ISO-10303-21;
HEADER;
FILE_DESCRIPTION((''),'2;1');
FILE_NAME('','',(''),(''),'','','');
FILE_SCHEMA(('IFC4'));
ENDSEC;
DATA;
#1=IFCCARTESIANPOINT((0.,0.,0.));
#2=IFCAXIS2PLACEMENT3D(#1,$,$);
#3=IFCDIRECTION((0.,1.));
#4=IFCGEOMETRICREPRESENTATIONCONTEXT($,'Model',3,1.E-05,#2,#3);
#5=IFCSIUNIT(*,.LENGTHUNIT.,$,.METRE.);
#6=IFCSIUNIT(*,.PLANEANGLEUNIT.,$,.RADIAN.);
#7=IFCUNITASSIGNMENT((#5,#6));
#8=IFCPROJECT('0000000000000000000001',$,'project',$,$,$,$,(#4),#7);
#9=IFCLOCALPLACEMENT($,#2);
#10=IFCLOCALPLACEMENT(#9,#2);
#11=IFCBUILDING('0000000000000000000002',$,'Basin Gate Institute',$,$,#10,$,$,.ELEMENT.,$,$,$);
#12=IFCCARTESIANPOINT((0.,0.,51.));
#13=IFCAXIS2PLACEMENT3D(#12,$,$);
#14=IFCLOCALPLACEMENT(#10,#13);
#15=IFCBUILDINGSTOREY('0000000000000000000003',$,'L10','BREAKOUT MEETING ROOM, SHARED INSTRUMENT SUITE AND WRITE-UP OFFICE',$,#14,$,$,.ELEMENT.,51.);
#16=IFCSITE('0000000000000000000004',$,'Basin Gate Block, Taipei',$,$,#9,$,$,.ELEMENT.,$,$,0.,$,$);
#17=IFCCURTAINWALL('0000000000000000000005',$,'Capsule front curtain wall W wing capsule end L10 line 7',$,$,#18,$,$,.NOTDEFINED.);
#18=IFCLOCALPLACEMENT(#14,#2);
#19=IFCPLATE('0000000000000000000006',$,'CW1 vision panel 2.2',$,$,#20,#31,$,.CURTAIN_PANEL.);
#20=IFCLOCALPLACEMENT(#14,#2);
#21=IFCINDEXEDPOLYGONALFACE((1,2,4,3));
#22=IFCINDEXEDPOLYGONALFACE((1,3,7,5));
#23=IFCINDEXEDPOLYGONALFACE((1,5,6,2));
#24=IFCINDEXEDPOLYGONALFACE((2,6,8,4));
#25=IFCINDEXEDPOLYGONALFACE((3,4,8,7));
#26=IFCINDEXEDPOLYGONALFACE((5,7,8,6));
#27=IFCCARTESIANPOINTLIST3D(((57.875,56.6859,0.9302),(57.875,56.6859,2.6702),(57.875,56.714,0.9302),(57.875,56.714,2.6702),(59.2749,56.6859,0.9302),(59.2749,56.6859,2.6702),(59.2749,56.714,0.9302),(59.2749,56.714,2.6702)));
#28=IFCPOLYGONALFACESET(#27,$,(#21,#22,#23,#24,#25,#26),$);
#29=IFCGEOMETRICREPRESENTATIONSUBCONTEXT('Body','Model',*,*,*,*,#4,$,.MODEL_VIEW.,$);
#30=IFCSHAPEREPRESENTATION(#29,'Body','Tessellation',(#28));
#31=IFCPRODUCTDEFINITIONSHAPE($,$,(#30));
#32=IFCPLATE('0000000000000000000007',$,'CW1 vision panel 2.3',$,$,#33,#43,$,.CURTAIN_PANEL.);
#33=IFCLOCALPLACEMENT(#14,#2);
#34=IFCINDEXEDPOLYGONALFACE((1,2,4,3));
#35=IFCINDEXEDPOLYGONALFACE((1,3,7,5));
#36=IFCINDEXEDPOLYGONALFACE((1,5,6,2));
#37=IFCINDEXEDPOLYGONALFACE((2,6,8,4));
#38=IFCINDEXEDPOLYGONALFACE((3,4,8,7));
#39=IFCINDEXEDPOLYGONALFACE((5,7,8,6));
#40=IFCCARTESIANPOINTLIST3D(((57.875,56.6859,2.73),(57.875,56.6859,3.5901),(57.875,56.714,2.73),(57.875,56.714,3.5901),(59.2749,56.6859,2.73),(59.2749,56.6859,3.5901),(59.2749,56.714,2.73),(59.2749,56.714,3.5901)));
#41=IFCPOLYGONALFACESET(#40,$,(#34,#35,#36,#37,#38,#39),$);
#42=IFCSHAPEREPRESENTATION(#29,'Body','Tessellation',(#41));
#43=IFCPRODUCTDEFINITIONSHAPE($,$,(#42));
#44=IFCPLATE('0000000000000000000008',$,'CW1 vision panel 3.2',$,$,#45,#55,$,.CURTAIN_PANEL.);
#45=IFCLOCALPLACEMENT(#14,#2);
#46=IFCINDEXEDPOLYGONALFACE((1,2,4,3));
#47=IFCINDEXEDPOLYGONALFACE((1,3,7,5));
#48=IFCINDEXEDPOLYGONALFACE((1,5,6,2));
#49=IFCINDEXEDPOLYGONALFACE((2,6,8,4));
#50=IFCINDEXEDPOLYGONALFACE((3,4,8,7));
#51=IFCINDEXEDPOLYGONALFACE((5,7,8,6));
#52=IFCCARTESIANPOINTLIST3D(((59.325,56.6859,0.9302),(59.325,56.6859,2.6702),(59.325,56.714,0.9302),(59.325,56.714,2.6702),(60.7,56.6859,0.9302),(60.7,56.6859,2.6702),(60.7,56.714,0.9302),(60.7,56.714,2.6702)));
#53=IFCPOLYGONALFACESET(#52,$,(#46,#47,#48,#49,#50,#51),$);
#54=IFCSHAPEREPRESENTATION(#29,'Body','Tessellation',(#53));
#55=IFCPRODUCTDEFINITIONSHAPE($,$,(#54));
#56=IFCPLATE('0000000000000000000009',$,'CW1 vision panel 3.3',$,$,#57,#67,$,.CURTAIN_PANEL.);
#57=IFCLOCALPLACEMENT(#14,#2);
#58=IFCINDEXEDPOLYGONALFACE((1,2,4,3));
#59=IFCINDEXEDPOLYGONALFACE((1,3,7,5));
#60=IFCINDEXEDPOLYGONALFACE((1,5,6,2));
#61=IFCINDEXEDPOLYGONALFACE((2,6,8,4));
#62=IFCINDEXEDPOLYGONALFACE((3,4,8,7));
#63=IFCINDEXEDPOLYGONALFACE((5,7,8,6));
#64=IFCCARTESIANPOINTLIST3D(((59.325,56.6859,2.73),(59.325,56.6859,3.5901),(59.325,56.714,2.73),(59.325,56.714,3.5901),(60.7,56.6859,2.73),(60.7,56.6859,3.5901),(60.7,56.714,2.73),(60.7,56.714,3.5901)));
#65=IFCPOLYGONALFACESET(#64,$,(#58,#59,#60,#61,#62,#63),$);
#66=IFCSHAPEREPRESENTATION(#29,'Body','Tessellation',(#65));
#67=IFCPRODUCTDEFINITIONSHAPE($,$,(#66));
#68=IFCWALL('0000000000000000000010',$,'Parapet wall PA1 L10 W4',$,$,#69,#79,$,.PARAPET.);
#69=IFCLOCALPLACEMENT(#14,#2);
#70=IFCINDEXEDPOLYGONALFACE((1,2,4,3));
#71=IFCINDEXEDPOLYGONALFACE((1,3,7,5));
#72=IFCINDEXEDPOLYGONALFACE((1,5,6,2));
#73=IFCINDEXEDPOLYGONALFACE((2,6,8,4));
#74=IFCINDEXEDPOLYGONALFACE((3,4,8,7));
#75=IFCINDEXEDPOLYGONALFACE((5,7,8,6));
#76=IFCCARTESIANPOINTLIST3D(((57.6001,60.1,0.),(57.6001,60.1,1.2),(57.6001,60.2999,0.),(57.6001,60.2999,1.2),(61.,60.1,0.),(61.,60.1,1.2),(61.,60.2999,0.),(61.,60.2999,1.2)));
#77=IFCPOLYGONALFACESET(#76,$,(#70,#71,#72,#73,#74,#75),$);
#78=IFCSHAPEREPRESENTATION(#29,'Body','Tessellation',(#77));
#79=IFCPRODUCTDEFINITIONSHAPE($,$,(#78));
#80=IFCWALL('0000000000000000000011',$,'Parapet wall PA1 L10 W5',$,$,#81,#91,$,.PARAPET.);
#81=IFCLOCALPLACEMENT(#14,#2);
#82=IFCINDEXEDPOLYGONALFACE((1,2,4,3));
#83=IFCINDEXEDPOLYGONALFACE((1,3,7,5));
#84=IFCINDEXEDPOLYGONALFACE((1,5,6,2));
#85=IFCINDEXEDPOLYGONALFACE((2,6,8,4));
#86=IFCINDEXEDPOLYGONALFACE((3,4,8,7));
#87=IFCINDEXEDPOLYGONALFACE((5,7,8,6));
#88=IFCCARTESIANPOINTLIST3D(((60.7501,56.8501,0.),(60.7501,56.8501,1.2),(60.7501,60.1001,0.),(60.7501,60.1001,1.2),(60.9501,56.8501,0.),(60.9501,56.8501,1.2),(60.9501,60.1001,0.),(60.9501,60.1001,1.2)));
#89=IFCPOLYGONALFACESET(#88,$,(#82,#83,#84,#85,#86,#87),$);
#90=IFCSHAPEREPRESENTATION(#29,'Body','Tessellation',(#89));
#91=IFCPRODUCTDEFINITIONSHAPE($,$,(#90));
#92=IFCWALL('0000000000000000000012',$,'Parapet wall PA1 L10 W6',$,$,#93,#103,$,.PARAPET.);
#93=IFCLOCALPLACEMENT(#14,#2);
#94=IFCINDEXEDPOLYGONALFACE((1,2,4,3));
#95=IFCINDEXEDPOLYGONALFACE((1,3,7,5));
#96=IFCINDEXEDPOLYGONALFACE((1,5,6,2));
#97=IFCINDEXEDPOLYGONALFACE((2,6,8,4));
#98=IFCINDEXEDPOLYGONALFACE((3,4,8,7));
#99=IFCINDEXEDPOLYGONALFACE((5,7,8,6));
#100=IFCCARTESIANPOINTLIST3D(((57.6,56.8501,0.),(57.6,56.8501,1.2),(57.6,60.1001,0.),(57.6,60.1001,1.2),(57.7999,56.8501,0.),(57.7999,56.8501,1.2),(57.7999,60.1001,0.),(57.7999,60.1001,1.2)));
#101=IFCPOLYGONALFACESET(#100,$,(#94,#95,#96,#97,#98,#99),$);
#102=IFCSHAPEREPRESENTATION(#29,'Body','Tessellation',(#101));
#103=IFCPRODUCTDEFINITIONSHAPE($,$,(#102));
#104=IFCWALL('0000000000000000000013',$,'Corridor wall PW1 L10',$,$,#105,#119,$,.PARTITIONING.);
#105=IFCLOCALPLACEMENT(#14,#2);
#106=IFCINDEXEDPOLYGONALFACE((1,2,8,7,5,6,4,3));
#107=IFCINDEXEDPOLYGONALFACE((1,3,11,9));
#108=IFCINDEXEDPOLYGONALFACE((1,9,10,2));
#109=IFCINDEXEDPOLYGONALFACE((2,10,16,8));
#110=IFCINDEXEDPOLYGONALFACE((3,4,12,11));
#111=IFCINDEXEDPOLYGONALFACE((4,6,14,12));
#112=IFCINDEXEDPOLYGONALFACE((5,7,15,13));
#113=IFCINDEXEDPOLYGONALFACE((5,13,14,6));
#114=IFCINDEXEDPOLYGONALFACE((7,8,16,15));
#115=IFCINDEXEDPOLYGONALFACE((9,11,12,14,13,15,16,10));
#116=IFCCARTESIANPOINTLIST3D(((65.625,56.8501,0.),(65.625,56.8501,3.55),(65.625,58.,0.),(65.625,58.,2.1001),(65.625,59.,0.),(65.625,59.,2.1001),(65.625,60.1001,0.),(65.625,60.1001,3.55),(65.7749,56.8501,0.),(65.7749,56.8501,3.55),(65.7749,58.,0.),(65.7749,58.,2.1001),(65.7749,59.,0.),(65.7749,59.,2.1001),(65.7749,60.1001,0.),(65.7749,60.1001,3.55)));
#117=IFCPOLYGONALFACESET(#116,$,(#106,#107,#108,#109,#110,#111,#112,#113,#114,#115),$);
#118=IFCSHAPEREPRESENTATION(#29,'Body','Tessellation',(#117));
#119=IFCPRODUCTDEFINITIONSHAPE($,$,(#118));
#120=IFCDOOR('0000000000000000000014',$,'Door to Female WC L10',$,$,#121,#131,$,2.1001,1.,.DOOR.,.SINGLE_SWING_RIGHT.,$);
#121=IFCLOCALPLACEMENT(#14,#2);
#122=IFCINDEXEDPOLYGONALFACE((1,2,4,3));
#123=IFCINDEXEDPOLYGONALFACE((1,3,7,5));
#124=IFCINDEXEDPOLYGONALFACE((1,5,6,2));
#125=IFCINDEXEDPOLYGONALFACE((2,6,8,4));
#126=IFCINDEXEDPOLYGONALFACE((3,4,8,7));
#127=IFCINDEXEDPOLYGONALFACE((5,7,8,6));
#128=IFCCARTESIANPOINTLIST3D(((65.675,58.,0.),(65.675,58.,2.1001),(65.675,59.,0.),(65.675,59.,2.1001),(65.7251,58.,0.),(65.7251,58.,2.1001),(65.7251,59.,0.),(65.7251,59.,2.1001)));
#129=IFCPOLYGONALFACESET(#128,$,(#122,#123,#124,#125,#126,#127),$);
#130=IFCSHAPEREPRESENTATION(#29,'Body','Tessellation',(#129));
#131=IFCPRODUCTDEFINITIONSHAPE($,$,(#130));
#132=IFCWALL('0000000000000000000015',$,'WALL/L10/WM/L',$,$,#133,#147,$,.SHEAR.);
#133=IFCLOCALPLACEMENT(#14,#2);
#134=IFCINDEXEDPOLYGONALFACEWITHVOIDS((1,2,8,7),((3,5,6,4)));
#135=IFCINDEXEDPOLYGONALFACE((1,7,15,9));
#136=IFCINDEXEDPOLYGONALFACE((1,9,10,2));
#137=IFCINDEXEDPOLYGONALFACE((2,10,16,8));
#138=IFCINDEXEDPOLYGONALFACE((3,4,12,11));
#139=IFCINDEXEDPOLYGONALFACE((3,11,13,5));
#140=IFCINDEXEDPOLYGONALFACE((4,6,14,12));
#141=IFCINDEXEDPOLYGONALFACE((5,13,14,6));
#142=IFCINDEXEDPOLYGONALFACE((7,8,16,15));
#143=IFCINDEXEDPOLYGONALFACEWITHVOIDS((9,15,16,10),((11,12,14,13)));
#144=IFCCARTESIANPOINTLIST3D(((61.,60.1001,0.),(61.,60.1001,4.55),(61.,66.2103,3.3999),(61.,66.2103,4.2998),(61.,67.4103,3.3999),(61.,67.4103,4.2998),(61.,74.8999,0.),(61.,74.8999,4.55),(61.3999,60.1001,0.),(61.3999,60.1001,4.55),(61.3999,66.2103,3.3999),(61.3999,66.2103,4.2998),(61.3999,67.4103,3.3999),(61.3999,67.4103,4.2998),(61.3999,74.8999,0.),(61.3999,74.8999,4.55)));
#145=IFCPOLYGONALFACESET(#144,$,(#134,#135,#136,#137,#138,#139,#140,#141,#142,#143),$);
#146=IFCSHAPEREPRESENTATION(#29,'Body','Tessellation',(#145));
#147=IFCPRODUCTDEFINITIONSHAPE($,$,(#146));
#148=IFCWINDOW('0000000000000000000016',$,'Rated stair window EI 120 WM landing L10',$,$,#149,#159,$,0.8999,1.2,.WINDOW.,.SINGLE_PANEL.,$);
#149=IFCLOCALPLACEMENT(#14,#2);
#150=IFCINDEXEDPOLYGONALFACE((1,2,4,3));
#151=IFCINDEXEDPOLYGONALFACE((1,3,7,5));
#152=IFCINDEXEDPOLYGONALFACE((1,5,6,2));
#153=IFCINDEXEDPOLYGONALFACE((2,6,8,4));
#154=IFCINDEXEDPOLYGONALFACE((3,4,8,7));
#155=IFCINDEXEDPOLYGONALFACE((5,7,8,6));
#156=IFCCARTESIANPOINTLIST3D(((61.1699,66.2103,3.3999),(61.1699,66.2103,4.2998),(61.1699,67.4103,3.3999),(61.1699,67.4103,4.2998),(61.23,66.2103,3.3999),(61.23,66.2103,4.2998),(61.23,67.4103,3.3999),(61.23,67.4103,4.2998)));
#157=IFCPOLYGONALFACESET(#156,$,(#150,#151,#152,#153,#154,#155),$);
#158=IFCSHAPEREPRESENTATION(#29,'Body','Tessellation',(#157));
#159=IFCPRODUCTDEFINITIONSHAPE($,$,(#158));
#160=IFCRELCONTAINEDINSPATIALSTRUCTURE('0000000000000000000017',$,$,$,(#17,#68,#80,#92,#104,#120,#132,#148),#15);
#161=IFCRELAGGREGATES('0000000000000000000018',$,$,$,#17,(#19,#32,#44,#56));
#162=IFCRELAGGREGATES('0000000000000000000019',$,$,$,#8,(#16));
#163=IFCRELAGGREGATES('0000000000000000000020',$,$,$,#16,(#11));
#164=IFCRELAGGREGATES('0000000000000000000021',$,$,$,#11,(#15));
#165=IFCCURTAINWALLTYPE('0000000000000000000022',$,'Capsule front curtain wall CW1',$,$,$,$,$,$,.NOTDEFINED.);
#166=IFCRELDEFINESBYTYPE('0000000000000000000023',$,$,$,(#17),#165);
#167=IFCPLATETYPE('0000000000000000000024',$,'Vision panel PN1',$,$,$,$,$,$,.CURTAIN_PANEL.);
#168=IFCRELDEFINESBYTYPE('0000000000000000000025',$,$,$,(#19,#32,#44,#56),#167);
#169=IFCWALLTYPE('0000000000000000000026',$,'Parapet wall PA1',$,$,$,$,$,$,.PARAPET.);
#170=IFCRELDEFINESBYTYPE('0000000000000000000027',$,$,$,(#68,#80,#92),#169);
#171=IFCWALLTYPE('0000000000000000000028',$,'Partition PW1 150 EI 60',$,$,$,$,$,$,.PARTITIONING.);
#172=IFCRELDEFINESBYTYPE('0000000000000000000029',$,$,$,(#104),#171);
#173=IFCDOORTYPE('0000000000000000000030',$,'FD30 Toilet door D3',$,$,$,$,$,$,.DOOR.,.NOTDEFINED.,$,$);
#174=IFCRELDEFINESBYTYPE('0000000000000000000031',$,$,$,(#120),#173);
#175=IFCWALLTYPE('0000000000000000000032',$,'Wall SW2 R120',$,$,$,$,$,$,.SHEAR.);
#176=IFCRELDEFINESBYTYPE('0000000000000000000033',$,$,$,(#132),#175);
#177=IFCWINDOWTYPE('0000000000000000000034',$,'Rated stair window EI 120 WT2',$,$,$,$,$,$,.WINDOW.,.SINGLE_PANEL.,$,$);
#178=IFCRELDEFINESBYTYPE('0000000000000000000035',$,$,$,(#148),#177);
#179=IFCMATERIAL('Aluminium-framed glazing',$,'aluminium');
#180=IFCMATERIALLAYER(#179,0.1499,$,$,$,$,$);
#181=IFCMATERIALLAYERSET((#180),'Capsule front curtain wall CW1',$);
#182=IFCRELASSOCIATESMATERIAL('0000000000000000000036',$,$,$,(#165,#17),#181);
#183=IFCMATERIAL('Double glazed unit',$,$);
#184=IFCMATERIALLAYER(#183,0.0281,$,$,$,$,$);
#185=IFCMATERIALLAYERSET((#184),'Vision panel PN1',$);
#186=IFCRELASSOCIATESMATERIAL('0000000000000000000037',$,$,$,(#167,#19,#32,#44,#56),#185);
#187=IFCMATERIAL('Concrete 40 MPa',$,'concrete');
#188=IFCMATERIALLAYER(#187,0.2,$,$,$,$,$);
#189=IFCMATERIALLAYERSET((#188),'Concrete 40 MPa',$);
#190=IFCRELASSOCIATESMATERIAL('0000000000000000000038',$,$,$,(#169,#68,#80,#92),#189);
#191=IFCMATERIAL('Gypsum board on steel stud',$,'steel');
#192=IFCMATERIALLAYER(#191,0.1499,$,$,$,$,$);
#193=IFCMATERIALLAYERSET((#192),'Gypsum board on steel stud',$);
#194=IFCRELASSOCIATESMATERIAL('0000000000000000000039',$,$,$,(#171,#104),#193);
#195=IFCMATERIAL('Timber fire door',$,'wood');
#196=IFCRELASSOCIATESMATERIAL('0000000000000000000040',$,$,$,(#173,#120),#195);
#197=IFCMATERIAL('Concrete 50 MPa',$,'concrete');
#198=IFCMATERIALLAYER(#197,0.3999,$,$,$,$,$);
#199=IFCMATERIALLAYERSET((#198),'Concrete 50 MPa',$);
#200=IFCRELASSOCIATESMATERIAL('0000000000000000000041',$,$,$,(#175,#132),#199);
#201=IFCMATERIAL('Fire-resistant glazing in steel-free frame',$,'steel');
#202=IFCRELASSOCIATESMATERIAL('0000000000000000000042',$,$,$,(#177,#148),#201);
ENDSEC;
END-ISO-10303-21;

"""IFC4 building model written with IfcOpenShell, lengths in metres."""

from ifc_helpers import new_model, si_unit, direction, frame, frame_2d, origin, origin_2d, place, context, subcontext, project, spatial, rectangle, extrude, material, layer, layer_set, type_object, element, fill, aggregate, save


model = new_model("IFC4")

# Units and contexts
model_context = context("Model", 3, precision=1e-05, world=origin(), true_north=direction((0.0, 1.0)))
body_context = subcontext(model_context, "Body", "Model", "MODEL_VIEW")
ifc_project = project(units=[si_unit("LENGTHUNIT", "METRE"), si_unit("PLANEANGLEUNIT", "RADIAN")], contexts=[model_context])

# Site, building, storey
site_placement = place(None, origin())
site = spatial("IfcSite", under=ifc_project, at=site_placement, Name="Basin Gate Block, Taipei", CompositionType="ELEMENT", RefElevation=0.0)
building_placement = place(site_placement, origin())
building = spatial("IfcBuilding", under=site, at=building_placement, Name="Basin Gate Institute", CompositionType="ELEMENT")
storey_placement = place(building_placement, frame((0.0, 0.0, 51.0)))
storey = spatial("IfcBuildingStorey", under=building, at=storey_placement, Name="L10", Description="BREAKOUT MEETING ROOM, SHARED INSTRUMENT SUITE AND WRITE-UP OFFICE", CompositionType="ELEMENT", Elevation=51.0)

# Curtain wall
ifc_material_1 = material(Name="Aluminium-framed glazing", Category="aluminium")
ifc_layer_1 = layer(ifc_material_1, 0.1499)
ifc_layer_set_1 = layer_set([ifc_layer_1], Name="Capsule front curtain wall CW1")
curtain_wall_type = type_object("IfcCurtainWallType", Name="Capsule front curtain wall CW1", PredefinedType="NOTDEFINED", material=ifc_layer_set_1)
curtain_wall_1_placement = place(storey_placement, origin())
curtain_wall_1 = element("IfcCurtainWall", 1, at=curtain_wall_1_placement, inside=storey, type_object=curtain_wall_type, material=ifc_layer_set_1, Name="Capsule front curtain wall W wing capsule end L10 line 7", PredefinedType="NOTDEFINED")

# Plates
ifc_material_2 = material(Name="Double glazed unit")
ifc_layer_2 = layer(ifc_material_2, 0.0281)
ifc_layer_set_2 = layer_set([ifc_layer_2], Name="Vision panel PN1")
plate_type_1 = type_object("IfcPlateType", Name="Vision panel PN1", PredefinedType="CURTAIN_PANEL", material=ifc_layer_set_2)
plate_1_placement = place(storey_placement, frame((58.575, 56.7, 0.9302), z_axis=(0.0, 0.0, 1.0), x_axis=(1.0, 0.0, 0.0)))
plate_1 = element("IfcPlate", 2, at=plate_1_placement, type_object=plate_type_1, material=ifc_layer_set_2, Name="CW1 vision panel 2.2", PredefinedType="CURTAIN_PANEL", context=body_context, shape_type="SweptSolid", body=[
    extrude(rectangle(XDim=1.3999, YDim=0.0281, at=origin_2d()), origin(), (0.0, 0.0, 1.0), 1.74),
])
plate_2_placement = place(storey_placement, frame((58.575, 56.7, 2.73), z_axis=(0.0, 0.0, 1.0), x_axis=(1.0, 0.0, 0.0)))
plate_2 = element("IfcPlate", 3, at=plate_2_placement, type_object=plate_type_1, material=ifc_layer_set_2, Name="CW1 vision panel 2.3", PredefinedType="CURTAIN_PANEL", context=body_context, shape_type="SweptSolid", body=[
    extrude(rectangle(XDim=1.3999, YDim=0.0281, at=origin_2d()), origin(), (0.0, 0.0, 1.0), 0.8601),
])
plate_3_placement = place(storey_placement, frame((60.0125, 56.7, 0.9302), z_axis=(0.0, 0.0, 1.0), x_axis=(1.0, 0.0, 0.0)))
plate_3 = element("IfcPlate", 4, at=plate_3_placement, type_object=plate_type_1, material=ifc_layer_set_2, Name="CW1 vision panel 3.2", PredefinedType="CURTAIN_PANEL", context=body_context, shape_type="SweptSolid", body=[
    extrude(rectangle(XDim=1.375, YDim=0.0281, at=origin_2d()), origin(), (0.0, 0.0, 1.0), 1.74),
])
plate_4_placement = place(storey_placement, frame((60.0125, 56.7, 2.73), z_axis=(0.0, 0.0, 1.0), x_axis=(1.0, 0.0, 0.0)))
plate_4 = element("IfcPlate", 5, at=plate_4_placement, type_object=plate_type_1, material=ifc_layer_set_2, Name="CW1 vision panel 3.3", PredefinedType="CURTAIN_PANEL", context=body_context, shape_type="SweptSolid", body=[
    extrude(rectangle(XDim=1.375, YDim=0.0281, at=origin_2d()), origin(), (0.0, 0.0, 1.0), 0.8601),
])
aggregate(curtain_wall_1, [plate_1, plate_2, plate_3, plate_4])

# Walls
ifc_material_3 = material(Name="Concrete 40 MPa", Category="concrete")
ifc_layer_3 = layer(ifc_material_3, 0.2)
ifc_layer_set_3 = layer_set([ifc_layer_3], Name="Concrete 40 MPa")
wall_type_1 = type_object("IfcWallType", Name="Parapet wall PA1", PredefinedType="PARAPET", material=ifc_layer_set_3)
wall_1_placement = place(storey_placement, frame((57.6001, 60.2, 0.0), z_axis=(0.0, 0.0, 1.0), x_axis=(1.0, 0.0, 0.0)))
element("IfcWall", 6, at=wall_1_placement, inside=storey, type_object=wall_type_1, material=ifc_layer_set_3, Name="Parapet wall PA1 L10 W4", PredefinedType="PARAPET", context=body_context, shape_type="SweptSolid", body=[
    extrude(rectangle(XDim=3.3999, YDim=0.2, at=frame_2d((1.7, 0.0))), origin(), (0.0, 0.0, 1.0), 1.2),
])
for number, where, z_axis, x_axis, name in (
    (7, (60.8501, 60.1001, 0.0), (0.0, 0.0, 1.0), (0.0, -1.0, 0.0), "Parapet wall PA1 L10 W5"),
    (8, (57.7, 56.8501, 0.0), (0.0, 0.0, 1.0), (0.0, 1.0, 0.0), "Parapet wall PA1 L10 W6"),
):
    element("IfcWall", number, at=place(storey_placement, frame(where, z_axis=z_axis, x_axis=x_axis)), inside=storey, type_object=wall_type_1, material=ifc_layer_set_3, Name=name, PredefinedType="PARAPET", context=body_context, shape_type="SweptSolid", body=[
        extrude(rectangle(XDim=3.25, YDim=0.2, at=frame_2d((1.625, 0.0))), origin(), (0.0, 0.0, 1.0), 1.2),
    ])

# Wall, opening, door
ifc_material_4 = material(Name="Gypsum board on steel stud", Category="steel")
ifc_layer_4 = layer(ifc_material_4, 0.1499)
ifc_layer_set_4 = layer_set([ifc_layer_4], Name="Gypsum board on steel stud")
wall_type_2 = type_object("IfcWallType", Name="Partition PW1 150 EI 60", PredefinedType="PARTITIONING", material=ifc_layer_set_4)
wall_2_placement = place(storey_placement, frame((65.7, 56.8501, 0.0), z_axis=(0.0, 0.0, 1.0), x_axis=(0.0, 1.0, 0.0)))
wall_2 = element("IfcWall", 9, at=wall_2_placement, inside=storey, type_object=wall_type_2, material=ifc_layer_set_4, Name="Corridor wall PW1 L10", PredefinedType="PARTITIONING", context=body_context, shape_type="SweptSolid", body=[
    extrude(rectangle(XDim=3.25, YDim=0.1499, at=frame_2d((1.625, 0.0))), origin(), (0.0, 0.0, 1.0), 3.55),
])
opening_1_placement = place(wall_2_placement, frame((1.1499, 0.0, 0.0)))
opening_1 = element("IfcOpeningElement", 10, at=opening_1_placement, cuts=wall_2, PredefinedType="OPENING", context=body_context, shape_type="SweptSolid", body=[
    extrude(rectangle(XDim=1.0, YDim=2.1001, at=frame_2d((0.5, 1.05))), frame((0.0, 0.085, 0.0), z_axis=(0.0, -1.0, 0.0), x_axis=(1.0, 0.0, 0.0)), (0.0, 0.0, 1.0), 0.1699),
])
ifc_material_5 = material(Name="Timber fire door", Category="wood")
door_type_1 = type_object("IfcDoorType", Name="FD30 Toilet door D3", OperationType="NOTDEFINED", PredefinedType="DOOR", material=ifc_material_5)
door_1_placement = place(opening_1_placement, origin())
door_1 = element("IfcDoor", 11, at=door_1_placement, inside=storey, type_object=door_type_1, material=ifc_material_5, Name="Door to Female WC L10", OperationType="SINGLE_SWING_RIGHT", OverallHeight=2.1001, OverallWidth=1.0, PredefinedType="DOOR", context=body_context, shape_type="SweptSolid", body=[
    extrude(rectangle(XDim=1.0, YDim=2.1001, at=frame_2d((0.5, 1.05))), frame((0.0, 0.0249, 0.0), z_axis=(0.0, -1.0, 0.0), x_axis=(1.0, 0.0, 0.0)), (0.0, 0.0, 1.0), 0.05),
])
fill(opening_1, door_1)

# Wall, opening, window
ifc_material_6 = material(Name="Concrete 50 MPa", Category="concrete")
ifc_layer_5 = layer(ifc_material_6, 0.3999)
ifc_layer_set_5 = layer_set([ifc_layer_5], Name="Concrete 50 MPa")
wall_type_3 = type_object("IfcWallType", Name="Wall SW2 R120", PredefinedType="SHEAR", material=ifc_layer_set_5)
wall_3_placement = place(storey_placement, frame((61.2, 60.1001, 0.0), z_axis=(0.0, 0.0, 1.0), x_axis=(0.0, 1.0, 0.0)))
wall_3 = element("IfcWall", 12, at=wall_3_placement, inside=storey, type_object=wall_type_3, material=ifc_layer_set_5, Name="WALL/L10/WM/L", PredefinedType="SHEAR", context=body_context, shape_type="SweptSolid", body=[
    extrude(rectangle(XDim=14.7998, YDim=0.3999, at=frame_2d((7.3999, 0.0))), origin(), (0.0, 0.0, 1.0), 4.55),
])
opening_2_placement = place(wall_3_placement, frame((6.1101, 0.0, 3.3999)))
opening_2 = element("IfcOpeningElement", 13, at=opening_2_placement, cuts=wall_3, PredefinedType="OPENING", context=body_context, shape_type="SweptSolid", body=[
    extrude(rectangle(XDim=1.2, YDim=0.8999, at=frame_2d((0.6001, 0.45))), frame((0.0, 0.21, 0.0), z_axis=(0.0, -1.0, 0.0), x_axis=(1.0, 0.0, 0.0)), (0.0, 0.0, 1.0), 0.4199),
])
ifc_material_7 = material(Name="Fire-resistant glazing in steel-free frame", Category="steel")
window_type = type_object("IfcWindowType", Name="Rated stair window EI 120 WT2", PartitioningType="SINGLE_PANEL", PredefinedType="WINDOW", material=ifc_material_7)
window_placement = place(opening_2_placement, origin())
window = element("IfcWindow", 14, at=window_placement, inside=storey, type_object=window_type, material=ifc_material_7, Name="Rated stair window EI 120 WM landing L10", OverallHeight=0.8999, OverallWidth=1.2, PartitioningType="SINGLE_PANEL", PredefinedType="WINDOW", context=body_context, shape_type="SweptSolid", body=[
    extrude(rectangle(XDim=1.2, YDim=0.8999, at=frame_2d((0.6001, 0.45))), frame((0.0, 0.03, 0.0), z_axis=(0.0, -1.0, 0.0), x_axis=(1.0, 0.0, 0.0)), (0.0, 0.0, 1.0), 0.0601),
])
fill(opening_2, window)

save(model, "model.ifc")
